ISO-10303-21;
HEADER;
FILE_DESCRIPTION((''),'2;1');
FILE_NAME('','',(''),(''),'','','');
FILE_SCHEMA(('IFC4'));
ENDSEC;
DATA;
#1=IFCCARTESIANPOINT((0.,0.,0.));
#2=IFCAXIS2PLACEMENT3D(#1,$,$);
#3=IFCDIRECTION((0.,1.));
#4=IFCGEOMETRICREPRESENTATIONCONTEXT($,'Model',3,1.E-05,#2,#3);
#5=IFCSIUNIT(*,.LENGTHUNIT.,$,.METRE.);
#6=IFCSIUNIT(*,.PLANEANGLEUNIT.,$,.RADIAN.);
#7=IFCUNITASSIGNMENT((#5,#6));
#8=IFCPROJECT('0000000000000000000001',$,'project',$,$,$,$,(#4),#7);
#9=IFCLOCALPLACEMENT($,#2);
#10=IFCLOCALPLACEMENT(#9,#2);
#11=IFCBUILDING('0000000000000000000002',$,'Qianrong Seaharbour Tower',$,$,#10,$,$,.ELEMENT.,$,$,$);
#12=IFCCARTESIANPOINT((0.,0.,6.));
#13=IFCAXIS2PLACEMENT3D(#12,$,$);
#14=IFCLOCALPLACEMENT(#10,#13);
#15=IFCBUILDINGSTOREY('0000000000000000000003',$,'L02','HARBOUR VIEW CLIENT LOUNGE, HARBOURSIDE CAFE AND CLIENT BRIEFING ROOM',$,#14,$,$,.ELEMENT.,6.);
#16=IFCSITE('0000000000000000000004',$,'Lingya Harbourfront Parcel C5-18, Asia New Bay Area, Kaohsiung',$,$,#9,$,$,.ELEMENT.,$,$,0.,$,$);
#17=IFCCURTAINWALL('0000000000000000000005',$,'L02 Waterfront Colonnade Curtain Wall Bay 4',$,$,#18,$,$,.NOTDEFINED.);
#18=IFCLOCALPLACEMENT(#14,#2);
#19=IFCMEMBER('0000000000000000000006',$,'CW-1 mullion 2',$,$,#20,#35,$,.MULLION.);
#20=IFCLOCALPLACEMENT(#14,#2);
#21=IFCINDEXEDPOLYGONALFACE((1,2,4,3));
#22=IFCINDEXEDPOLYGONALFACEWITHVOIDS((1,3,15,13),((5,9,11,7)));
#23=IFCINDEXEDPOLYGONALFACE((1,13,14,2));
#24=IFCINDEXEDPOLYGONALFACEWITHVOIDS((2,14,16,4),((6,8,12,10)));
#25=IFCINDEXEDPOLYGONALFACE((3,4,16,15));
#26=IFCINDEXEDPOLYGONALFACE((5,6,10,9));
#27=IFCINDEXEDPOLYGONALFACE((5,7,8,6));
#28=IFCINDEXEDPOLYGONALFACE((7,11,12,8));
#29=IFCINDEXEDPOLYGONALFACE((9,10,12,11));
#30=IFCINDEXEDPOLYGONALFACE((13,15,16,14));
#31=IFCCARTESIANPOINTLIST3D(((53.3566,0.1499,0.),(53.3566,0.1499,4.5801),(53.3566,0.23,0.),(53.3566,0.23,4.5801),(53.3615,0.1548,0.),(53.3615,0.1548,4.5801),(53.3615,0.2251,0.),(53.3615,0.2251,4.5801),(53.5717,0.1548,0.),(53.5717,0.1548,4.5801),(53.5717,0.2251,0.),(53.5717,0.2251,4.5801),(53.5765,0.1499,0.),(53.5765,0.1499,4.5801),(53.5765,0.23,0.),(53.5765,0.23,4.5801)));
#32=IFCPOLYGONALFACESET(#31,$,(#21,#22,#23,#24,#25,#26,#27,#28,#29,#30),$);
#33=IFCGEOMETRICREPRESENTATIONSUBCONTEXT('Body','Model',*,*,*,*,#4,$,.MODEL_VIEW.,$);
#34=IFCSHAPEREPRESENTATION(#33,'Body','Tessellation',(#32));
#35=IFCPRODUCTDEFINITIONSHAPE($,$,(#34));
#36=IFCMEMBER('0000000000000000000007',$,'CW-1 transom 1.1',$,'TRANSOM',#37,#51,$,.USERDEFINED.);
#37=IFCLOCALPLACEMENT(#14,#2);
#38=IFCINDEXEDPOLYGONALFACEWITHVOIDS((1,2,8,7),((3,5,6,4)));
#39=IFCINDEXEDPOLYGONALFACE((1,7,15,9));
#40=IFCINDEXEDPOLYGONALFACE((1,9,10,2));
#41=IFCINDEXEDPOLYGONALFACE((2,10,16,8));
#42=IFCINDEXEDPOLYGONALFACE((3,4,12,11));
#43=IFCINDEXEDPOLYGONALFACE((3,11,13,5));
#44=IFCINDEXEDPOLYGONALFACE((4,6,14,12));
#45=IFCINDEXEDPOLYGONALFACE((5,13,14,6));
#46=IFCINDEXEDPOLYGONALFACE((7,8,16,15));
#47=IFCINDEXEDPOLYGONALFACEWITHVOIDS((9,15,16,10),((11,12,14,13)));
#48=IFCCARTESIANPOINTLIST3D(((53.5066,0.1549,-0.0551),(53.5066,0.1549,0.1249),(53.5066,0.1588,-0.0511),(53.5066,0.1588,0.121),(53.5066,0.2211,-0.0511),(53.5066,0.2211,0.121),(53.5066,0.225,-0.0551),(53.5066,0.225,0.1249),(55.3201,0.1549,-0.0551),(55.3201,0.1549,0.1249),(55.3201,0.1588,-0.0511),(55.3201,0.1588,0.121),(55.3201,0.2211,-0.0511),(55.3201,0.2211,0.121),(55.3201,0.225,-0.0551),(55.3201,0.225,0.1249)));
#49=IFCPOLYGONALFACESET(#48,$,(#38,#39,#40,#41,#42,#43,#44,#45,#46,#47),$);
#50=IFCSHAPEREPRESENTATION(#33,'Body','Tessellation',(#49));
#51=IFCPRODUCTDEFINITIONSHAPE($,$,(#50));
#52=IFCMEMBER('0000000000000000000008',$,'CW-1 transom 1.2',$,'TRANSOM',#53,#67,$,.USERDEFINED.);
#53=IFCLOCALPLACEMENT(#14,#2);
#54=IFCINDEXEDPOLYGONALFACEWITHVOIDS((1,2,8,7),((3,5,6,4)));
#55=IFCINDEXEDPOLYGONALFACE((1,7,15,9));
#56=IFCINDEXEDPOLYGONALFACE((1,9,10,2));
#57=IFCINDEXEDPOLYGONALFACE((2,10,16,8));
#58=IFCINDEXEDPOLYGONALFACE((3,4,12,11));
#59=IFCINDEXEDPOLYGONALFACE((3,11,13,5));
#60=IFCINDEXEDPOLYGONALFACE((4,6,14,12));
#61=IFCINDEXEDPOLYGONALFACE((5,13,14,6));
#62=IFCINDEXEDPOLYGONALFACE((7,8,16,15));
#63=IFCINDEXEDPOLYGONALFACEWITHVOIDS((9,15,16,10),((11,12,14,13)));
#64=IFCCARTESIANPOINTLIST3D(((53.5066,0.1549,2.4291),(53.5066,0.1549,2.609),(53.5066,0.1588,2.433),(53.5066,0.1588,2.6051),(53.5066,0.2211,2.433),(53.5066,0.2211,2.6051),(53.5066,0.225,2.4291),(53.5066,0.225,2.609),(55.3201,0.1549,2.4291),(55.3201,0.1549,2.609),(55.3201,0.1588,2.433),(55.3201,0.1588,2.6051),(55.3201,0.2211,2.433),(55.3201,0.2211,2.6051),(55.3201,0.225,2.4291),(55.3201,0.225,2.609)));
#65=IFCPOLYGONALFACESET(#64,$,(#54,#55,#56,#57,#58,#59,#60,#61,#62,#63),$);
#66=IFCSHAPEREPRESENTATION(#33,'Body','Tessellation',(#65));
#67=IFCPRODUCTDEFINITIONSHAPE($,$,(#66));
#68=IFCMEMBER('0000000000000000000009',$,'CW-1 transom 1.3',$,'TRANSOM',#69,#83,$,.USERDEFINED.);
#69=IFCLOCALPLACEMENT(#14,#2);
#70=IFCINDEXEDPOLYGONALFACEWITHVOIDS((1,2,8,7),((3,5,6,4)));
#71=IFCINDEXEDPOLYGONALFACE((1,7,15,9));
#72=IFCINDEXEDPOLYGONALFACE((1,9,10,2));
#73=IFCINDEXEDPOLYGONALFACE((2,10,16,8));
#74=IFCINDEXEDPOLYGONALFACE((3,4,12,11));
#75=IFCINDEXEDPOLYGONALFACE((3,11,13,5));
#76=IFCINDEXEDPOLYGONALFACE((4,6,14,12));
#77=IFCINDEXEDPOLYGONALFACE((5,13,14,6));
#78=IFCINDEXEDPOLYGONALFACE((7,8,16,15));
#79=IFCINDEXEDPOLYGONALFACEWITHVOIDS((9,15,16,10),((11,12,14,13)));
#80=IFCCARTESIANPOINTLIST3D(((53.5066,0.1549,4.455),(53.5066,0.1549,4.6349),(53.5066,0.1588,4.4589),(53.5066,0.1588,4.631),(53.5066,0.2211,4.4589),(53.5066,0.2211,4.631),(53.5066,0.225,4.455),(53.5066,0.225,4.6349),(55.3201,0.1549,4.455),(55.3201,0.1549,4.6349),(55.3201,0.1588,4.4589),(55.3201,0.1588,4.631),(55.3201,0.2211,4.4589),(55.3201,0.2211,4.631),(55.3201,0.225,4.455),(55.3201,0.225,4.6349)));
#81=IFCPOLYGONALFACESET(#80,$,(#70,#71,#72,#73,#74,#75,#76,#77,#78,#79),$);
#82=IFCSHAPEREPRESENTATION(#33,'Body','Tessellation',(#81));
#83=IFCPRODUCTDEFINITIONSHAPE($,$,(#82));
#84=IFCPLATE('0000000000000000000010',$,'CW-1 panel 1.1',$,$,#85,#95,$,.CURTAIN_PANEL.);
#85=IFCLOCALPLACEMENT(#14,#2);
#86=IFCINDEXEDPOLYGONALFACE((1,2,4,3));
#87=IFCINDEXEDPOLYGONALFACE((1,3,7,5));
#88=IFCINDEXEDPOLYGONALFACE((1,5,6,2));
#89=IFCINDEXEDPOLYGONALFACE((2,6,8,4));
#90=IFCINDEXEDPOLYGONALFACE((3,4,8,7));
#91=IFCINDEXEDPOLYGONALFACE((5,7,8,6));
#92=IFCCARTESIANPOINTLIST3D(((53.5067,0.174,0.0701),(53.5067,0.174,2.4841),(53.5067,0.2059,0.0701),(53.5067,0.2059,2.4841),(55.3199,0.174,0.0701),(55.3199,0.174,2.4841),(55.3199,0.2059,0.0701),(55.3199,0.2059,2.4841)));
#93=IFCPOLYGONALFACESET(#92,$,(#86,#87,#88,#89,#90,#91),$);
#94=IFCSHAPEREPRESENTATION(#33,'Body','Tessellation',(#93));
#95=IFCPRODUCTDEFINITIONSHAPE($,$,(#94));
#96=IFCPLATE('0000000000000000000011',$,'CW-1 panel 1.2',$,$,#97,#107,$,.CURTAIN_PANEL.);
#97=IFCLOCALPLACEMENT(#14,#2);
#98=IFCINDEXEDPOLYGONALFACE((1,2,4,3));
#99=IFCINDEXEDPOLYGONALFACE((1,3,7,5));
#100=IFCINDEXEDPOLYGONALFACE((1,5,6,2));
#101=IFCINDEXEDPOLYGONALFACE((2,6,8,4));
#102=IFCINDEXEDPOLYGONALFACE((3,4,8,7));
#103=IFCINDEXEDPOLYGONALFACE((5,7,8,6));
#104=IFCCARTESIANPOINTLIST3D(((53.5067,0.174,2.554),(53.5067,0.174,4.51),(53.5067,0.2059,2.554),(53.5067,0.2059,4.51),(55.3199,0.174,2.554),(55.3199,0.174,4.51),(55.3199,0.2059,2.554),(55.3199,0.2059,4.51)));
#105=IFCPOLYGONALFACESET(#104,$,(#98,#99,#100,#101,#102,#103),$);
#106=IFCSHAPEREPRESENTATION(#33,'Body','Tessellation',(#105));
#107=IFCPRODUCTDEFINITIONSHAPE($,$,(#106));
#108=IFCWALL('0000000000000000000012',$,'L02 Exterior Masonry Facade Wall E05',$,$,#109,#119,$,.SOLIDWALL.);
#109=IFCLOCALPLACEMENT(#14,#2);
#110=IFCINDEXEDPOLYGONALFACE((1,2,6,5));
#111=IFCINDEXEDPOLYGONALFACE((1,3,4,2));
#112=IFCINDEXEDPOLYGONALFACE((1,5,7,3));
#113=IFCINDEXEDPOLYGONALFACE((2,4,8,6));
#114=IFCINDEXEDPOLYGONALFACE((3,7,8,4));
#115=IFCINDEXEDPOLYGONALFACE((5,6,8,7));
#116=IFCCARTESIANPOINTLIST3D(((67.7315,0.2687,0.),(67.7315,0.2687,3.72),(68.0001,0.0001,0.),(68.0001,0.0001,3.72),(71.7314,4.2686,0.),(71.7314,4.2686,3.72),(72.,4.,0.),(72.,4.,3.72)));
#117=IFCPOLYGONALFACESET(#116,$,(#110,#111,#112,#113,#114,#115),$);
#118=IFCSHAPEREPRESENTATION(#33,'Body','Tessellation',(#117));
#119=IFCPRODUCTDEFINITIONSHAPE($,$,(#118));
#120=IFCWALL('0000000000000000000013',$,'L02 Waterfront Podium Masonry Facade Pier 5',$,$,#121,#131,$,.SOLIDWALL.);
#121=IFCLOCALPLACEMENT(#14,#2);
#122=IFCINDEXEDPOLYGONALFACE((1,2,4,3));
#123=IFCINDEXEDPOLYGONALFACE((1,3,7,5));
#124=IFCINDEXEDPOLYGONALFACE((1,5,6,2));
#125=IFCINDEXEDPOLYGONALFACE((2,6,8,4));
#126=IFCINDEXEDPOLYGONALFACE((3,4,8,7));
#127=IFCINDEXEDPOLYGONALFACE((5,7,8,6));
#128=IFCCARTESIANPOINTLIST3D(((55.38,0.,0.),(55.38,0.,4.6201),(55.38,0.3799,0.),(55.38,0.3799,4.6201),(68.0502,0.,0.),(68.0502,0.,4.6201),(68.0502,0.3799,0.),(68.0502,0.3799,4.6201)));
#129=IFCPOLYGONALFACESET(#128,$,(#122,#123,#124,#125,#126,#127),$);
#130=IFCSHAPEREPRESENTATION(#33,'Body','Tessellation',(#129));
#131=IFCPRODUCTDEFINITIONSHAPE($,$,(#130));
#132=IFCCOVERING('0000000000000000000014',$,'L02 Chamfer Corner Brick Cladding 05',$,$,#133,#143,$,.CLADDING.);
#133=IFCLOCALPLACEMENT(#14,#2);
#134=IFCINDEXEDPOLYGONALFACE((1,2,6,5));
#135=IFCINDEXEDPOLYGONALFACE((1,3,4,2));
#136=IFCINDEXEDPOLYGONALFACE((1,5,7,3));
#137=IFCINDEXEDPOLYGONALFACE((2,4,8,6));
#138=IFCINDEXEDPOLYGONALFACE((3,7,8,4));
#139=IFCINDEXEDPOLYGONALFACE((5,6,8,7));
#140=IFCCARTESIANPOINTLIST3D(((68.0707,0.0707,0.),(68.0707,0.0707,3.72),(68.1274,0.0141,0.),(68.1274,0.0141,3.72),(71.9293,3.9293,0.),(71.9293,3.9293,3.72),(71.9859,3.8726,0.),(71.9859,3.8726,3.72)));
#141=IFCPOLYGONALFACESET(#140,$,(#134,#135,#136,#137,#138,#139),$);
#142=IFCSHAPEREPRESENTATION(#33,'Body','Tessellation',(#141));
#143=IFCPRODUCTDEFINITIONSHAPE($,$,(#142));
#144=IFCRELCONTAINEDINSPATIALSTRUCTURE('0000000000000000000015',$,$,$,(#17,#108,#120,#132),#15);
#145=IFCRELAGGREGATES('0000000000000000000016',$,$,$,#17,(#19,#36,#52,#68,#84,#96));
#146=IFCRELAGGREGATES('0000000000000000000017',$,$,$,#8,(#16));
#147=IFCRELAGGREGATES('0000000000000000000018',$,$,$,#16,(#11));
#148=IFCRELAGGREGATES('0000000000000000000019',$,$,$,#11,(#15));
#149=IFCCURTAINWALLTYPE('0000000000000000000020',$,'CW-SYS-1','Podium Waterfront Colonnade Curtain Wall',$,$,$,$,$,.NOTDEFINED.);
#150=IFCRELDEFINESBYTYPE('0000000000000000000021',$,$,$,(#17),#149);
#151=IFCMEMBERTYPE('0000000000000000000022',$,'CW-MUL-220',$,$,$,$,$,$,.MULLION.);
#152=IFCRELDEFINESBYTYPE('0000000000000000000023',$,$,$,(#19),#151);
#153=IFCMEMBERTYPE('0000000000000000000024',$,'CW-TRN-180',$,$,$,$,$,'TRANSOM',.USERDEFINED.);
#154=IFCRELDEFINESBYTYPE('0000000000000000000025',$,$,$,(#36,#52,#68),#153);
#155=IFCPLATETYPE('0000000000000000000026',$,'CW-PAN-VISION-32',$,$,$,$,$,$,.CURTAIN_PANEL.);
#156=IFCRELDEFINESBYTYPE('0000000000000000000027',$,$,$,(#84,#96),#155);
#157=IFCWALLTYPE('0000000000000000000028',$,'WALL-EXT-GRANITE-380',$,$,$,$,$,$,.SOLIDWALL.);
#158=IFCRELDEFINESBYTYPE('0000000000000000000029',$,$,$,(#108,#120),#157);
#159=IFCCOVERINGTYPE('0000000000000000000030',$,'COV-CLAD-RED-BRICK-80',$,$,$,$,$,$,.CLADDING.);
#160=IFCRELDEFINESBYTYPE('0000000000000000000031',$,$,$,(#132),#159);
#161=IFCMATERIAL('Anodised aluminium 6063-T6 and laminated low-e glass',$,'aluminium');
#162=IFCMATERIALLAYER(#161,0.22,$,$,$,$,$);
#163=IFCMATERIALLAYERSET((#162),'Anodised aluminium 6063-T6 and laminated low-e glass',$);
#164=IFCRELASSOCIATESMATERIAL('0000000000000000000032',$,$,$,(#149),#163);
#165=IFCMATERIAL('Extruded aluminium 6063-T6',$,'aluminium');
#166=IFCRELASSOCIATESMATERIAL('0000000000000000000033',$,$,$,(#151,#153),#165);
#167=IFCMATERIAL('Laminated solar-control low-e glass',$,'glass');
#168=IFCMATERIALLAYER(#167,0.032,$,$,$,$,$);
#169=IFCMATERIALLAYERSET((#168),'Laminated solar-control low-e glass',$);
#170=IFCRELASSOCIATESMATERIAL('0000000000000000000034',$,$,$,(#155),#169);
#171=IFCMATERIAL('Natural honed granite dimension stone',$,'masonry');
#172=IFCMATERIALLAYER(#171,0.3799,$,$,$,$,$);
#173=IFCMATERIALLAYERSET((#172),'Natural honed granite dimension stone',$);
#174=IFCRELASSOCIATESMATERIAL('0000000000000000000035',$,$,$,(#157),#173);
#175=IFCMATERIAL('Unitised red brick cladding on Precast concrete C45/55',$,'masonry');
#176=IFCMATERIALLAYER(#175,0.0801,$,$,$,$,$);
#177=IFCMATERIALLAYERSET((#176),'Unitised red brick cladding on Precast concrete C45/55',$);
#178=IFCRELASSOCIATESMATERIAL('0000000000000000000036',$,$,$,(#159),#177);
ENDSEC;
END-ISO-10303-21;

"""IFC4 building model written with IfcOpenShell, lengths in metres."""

from ifc_helpers import new_model, si_unit, direction, frame, frame_2d, origin, origin_2d, place, context, subcontext, project, spatial, rectangle, hollow_rectangle, extrude, material, layer, layer_set, material_profile, profile_set, type_object, element, aggregate, save


model = new_model("IFC4")

# Units and contexts
model_context = context("Model", 3, precision=1e-05, world=origin(), true_north=direction((0.0, 1.0)))
body_context = subcontext(model_context, "Body", "Model", "MODEL_VIEW")
ifc_project = project(units=[si_unit("LENGTHUNIT", "METRE"), si_unit("PLANEANGLEUNIT", "RADIAN")], contexts=[model_context])

# Site, building, storey
site_placement = place(None, origin())
site = spatial("IfcSite", under=ifc_project, at=site_placement, Name="Lingya Harbourfront Parcel C5-18, Asia New Bay Area, Kaohsiung", CompositionType="ELEMENT", RefElevation=0.0)
building_placement = place(site_placement, origin())
building = spatial("IfcBuilding", under=site, at=building_placement, Name="Qianrong Seaharbour Tower", CompositionType="ELEMENT")
storey_placement = place(building_placement, frame((0.0, 0.0, 6.0)))
storey = spatial("IfcBuildingStorey", under=building, at=storey_placement, Name="L02", Description="HARBOUR VIEW CLIENT LOUNGE, HARBOURSIDE CAFE AND CLIENT BRIEFING ROOM", CompositionType="ELEMENT", Elevation=6.0)

# Curtain wall, members, plates
ifc_material_1 = material(Name="Anodised aluminium 6063-T6 and laminated low-e glass", Category="aluminium")
ifc_layer_1 = layer(ifc_material_1, 0.22)
ifc_layer_set_1 = layer_set([ifc_layer_1], Name="Anodised aluminium 6063-T6 and laminated low-e glass")
curtain_wall_type = type_object("IfcCurtainWallType", Name="CW-SYS-1", Description="Podium Waterfront Colonnade Curtain Wall", PredefinedType="NOTDEFINED", material=ifc_layer_set_1)
curtain_wall_placement = place(storey_placement, origin())
curtain_wall = element("IfcCurtainWall", 1, at=curtain_wall_placement, inside=storey, type_object=curtain_wall_type, Name="L02 Waterfront Colonnade Curtain Wall Bay 4", PredefinedType="NOTDEFINED")
ifc_material_2 = material(Name="Extruded aluminium 6063-T6", Category="aluminium")
ifc_material_profile_1 = material_profile(ifc_material_2, hollow_rectangle(XDim=0.0801, YDim=0.22, WallThickness=0.0049, at=origin_2d()), Name="ALU-MUL-220x80x5")
ifc_profile_set_1 = profile_set([ifc_material_profile_1], Name="Extruded aluminium 6063-T6")
member_type_1 = type_object("IfcMemberType", Name="CW-MUL-220", PredefinedType="MULLION", material=ifc_profile_set_1)
member_1_placement = place(storey_placement, frame((53.4666, 0.1899, 0.0), z_axis=(0.0, 0.0, 1.0), x_axis=(0.0, -1.0, 0.0)))
member_1 = element("IfcMember", 2, at=member_1_placement, type_object=member_type_1, Name="CW-1 mullion 2", PredefinedType="MULLION", context=body_context, shape_type="SweptSolid", body=[
    extrude(hollow_rectangle(XDim=0.0801, YDim=0.22, WallThickness=0.0049, at=origin_2d()), origin(), (0.0, 0.0, 1.0), 4.5801),
])
ifc_material_profile_2 = material_profile(ifc_material_2, hollow_rectangle(XDim=0.0701, YDim=0.1799, WallThickness=0.0039, at=origin_2d()), Name="ALU-TRN-180x70x4")
ifc_profile_set_2 = profile_set([ifc_material_profile_2], Name="Extruded aluminium 6063-T6")
member_type_2 = type_object("IfcMemberType", Name="CW-TRN-180", ElementType="TRANSOM", PredefinedType="USERDEFINED", material=ifc_profile_set_2)
member_2_placement = place(storey_placement, frame((55.3201, 0.1899, 0.0349), z_axis=(-1.0, 0.0, 0.0), x_axis=(0.0, -1.0, 0.0)))
member_2 = element("IfcMember", 3, at=member_2_placement, type_object=member_type_2, Name="CW-1 transom 1.1", ObjectType="TRANSOM", PredefinedType="USERDEFINED", context=body_context, shape_type="SweptSolid", body=[
    extrude(hollow_rectangle(XDim=0.0701, YDim=0.1799, WallThickness=0.0039, at=origin_2d()), origin(), (0.0, 0.0, 1.0), 1.8135),
])
member_3_placement = place(storey_placement, frame((55.3201, 0.1899, 2.519), z_axis=(-1.0, 0.0, 0.0), x_axis=(0.0, -1.0, 0.0)))
member_3 = element("IfcMember", 4, at=member_3_placement, type_object=member_type_2, Name="CW-1 transom 1.2", ObjectType="TRANSOM", PredefinedType="USERDEFINED", context=body_context, shape_type="SweptSolid", body=[
    extrude(hollow_rectangle(XDim=0.0701, YDim=0.1799, WallThickness=0.0039, at=origin_2d()), origin(), (0.0, 0.0, 1.0), 1.8135),
])
member_4_placement = place(storey_placement, frame((55.3201, 0.1899, 4.5449), z_axis=(-1.0, 0.0, 0.0), x_axis=(0.0, -1.0, 0.0)))
member_4 = element("IfcMember", 5, at=member_4_placement, type_object=member_type_2, Name="CW-1 transom 1.3", ObjectType="TRANSOM", PredefinedType="USERDEFINED", context=body_context, shape_type="SweptSolid", body=[
    extrude(hollow_rectangle(XDim=0.0701, YDim=0.1799, WallThickness=0.0039, at=origin_2d()), origin(), (0.0, 0.0, 1.0), 1.8135),
])
ifc_material_3 = material(Name="Laminated solar-control low-e glass", Category="glass")
ifc_layer_2 = layer(ifc_material_3, 0.032)
ifc_layer_set_2 = layer_set([ifc_layer_2], Name="Laminated solar-control low-e glass")
plate_type = type_object("IfcPlateType", Name="CW-PAN-VISION-32", PredefinedType="CURTAIN_PANEL", material=ifc_layer_set_2)
plate_1_placement = place(storey_placement, frame((54.4133, 0.1899, 0.0701), z_axis=(0.0, 0.0, 1.0), x_axis=(-1.0, 0.0, 0.0)))
plate_1 = element("IfcPlate", 6, at=plate_1_placement, type_object=plate_type, Name="CW-1 panel 1.1", PredefinedType="CURTAIN_PANEL", context=body_context, shape_type="SweptSolid", body=[
    extrude(rectangle(XDim=1.8132, YDim=0.032, at=origin_2d()), origin(), (0.0, 0.0, 1.0), 2.4141),
])
plate_2_placement = place(storey_placement, frame((54.4133, 0.1899, 2.554), z_axis=(0.0, 0.0, 1.0), x_axis=(-1.0, 0.0, 0.0)))
plate_2 = element("IfcPlate", 7, at=plate_2_placement, type_object=plate_type, Name="CW-1 panel 1.2", PredefinedType="CURTAIN_PANEL", context=body_context, shape_type="SweptSolid", body=[
    extrude(rectangle(XDim=1.8132, YDim=0.032, at=origin_2d()), origin(), (0.0, 0.0, 1.0), 1.9561),
])
aggregate(curtain_wall, [member_1, member_2, member_3, member_4, plate_1, plate_2])

# Walls
ifc_material_4 = material(Name="Natural honed granite dimension stone", Category="masonry")
ifc_layer_3 = layer(ifc_material_4, 0.3799)
ifc_layer_set_3 = layer_set([ifc_layer_3], Name="Natural honed granite dimension stone")
wall_type = type_object("IfcWallType", Name="WALL-EXT-GRANITE-380", PredefinedType="SOLIDWALL", material=ifc_layer_set_3)
wall_1_placement = place(storey_placement, frame((71.8657, 4.1343, 0.0), z_axis=(0.0, 0.0, 1.0), x_axis=(-0.707107, -0.707107, 0.0)))
element("IfcWall", 8, at=wall_1_placement, inside=storey, type_object=wall_type, Name="L02 Exterior Masonry Facade Wall E05", PredefinedType="SOLIDWALL", context=body_context, shape_type="SweptSolid", body=[
    extrude(rectangle(XDim=5.6567, YDim=0.3799, at=frame_2d((2.8284, 0.0))), origin(), (0.0, 0.0, 1.0), 3.72),
])
wall_2_placement = place(storey_placement, frame((68.05, 0.1899, 0.0), z_axis=(0.0, 0.0, 1.0), x_axis=(-1.0, 0.0, 0.0)))
element("IfcWall", 9, at=wall_2_placement, inside=storey, type_object=wall_type, Name="L02 Waterfront Podium Masonry Facade Pier 5", PredefinedType="SOLIDWALL", context=body_context, shape_type="SweptSolid", body=[
    extrude(rectangle(XDim=12.6702, YDim=0.3799, at=frame_2d((6.335, 0.0))), origin(), (0.0, 0.0, 1.0), 4.6201),
])

# Covering
ifc_material_5 = material(Name="Unitised red brick cladding on Precast concrete C45/55", Category="masonry")
ifc_layer_4 = layer(ifc_material_5, 0.0801)
ifc_layer_set_4 = layer_set([ifc_layer_4], Name="Unitised red brick cladding on Precast concrete C45/55")
covering_type = type_object("IfcCoveringType", Name="COV-CLAD-RED-BRICK-80", PredefinedType="CLADDING", material=ifc_layer_set_4)
covering_placement = place(storey_placement, frame((70.0283, 1.9717, 0.0), z_axis=(0.0, 0.0, 1.0), x_axis=(-0.707107, -0.707107, 0.0)))
element("IfcCovering", 10, at=covering_placement, inside=storey, type_object=covering_type, Name="L02 Chamfer Corner Brick Cladding 05", PredefinedType="CLADDING", context=body_context, shape_type="SweptSolid", body=[
    extrude(rectangle(XDim=5.4568, YDim=0.0801, at=origin_2d()), origin(), (0.0, 0.0, 1.0), 3.72),
])

save(model, "model.ifc")
